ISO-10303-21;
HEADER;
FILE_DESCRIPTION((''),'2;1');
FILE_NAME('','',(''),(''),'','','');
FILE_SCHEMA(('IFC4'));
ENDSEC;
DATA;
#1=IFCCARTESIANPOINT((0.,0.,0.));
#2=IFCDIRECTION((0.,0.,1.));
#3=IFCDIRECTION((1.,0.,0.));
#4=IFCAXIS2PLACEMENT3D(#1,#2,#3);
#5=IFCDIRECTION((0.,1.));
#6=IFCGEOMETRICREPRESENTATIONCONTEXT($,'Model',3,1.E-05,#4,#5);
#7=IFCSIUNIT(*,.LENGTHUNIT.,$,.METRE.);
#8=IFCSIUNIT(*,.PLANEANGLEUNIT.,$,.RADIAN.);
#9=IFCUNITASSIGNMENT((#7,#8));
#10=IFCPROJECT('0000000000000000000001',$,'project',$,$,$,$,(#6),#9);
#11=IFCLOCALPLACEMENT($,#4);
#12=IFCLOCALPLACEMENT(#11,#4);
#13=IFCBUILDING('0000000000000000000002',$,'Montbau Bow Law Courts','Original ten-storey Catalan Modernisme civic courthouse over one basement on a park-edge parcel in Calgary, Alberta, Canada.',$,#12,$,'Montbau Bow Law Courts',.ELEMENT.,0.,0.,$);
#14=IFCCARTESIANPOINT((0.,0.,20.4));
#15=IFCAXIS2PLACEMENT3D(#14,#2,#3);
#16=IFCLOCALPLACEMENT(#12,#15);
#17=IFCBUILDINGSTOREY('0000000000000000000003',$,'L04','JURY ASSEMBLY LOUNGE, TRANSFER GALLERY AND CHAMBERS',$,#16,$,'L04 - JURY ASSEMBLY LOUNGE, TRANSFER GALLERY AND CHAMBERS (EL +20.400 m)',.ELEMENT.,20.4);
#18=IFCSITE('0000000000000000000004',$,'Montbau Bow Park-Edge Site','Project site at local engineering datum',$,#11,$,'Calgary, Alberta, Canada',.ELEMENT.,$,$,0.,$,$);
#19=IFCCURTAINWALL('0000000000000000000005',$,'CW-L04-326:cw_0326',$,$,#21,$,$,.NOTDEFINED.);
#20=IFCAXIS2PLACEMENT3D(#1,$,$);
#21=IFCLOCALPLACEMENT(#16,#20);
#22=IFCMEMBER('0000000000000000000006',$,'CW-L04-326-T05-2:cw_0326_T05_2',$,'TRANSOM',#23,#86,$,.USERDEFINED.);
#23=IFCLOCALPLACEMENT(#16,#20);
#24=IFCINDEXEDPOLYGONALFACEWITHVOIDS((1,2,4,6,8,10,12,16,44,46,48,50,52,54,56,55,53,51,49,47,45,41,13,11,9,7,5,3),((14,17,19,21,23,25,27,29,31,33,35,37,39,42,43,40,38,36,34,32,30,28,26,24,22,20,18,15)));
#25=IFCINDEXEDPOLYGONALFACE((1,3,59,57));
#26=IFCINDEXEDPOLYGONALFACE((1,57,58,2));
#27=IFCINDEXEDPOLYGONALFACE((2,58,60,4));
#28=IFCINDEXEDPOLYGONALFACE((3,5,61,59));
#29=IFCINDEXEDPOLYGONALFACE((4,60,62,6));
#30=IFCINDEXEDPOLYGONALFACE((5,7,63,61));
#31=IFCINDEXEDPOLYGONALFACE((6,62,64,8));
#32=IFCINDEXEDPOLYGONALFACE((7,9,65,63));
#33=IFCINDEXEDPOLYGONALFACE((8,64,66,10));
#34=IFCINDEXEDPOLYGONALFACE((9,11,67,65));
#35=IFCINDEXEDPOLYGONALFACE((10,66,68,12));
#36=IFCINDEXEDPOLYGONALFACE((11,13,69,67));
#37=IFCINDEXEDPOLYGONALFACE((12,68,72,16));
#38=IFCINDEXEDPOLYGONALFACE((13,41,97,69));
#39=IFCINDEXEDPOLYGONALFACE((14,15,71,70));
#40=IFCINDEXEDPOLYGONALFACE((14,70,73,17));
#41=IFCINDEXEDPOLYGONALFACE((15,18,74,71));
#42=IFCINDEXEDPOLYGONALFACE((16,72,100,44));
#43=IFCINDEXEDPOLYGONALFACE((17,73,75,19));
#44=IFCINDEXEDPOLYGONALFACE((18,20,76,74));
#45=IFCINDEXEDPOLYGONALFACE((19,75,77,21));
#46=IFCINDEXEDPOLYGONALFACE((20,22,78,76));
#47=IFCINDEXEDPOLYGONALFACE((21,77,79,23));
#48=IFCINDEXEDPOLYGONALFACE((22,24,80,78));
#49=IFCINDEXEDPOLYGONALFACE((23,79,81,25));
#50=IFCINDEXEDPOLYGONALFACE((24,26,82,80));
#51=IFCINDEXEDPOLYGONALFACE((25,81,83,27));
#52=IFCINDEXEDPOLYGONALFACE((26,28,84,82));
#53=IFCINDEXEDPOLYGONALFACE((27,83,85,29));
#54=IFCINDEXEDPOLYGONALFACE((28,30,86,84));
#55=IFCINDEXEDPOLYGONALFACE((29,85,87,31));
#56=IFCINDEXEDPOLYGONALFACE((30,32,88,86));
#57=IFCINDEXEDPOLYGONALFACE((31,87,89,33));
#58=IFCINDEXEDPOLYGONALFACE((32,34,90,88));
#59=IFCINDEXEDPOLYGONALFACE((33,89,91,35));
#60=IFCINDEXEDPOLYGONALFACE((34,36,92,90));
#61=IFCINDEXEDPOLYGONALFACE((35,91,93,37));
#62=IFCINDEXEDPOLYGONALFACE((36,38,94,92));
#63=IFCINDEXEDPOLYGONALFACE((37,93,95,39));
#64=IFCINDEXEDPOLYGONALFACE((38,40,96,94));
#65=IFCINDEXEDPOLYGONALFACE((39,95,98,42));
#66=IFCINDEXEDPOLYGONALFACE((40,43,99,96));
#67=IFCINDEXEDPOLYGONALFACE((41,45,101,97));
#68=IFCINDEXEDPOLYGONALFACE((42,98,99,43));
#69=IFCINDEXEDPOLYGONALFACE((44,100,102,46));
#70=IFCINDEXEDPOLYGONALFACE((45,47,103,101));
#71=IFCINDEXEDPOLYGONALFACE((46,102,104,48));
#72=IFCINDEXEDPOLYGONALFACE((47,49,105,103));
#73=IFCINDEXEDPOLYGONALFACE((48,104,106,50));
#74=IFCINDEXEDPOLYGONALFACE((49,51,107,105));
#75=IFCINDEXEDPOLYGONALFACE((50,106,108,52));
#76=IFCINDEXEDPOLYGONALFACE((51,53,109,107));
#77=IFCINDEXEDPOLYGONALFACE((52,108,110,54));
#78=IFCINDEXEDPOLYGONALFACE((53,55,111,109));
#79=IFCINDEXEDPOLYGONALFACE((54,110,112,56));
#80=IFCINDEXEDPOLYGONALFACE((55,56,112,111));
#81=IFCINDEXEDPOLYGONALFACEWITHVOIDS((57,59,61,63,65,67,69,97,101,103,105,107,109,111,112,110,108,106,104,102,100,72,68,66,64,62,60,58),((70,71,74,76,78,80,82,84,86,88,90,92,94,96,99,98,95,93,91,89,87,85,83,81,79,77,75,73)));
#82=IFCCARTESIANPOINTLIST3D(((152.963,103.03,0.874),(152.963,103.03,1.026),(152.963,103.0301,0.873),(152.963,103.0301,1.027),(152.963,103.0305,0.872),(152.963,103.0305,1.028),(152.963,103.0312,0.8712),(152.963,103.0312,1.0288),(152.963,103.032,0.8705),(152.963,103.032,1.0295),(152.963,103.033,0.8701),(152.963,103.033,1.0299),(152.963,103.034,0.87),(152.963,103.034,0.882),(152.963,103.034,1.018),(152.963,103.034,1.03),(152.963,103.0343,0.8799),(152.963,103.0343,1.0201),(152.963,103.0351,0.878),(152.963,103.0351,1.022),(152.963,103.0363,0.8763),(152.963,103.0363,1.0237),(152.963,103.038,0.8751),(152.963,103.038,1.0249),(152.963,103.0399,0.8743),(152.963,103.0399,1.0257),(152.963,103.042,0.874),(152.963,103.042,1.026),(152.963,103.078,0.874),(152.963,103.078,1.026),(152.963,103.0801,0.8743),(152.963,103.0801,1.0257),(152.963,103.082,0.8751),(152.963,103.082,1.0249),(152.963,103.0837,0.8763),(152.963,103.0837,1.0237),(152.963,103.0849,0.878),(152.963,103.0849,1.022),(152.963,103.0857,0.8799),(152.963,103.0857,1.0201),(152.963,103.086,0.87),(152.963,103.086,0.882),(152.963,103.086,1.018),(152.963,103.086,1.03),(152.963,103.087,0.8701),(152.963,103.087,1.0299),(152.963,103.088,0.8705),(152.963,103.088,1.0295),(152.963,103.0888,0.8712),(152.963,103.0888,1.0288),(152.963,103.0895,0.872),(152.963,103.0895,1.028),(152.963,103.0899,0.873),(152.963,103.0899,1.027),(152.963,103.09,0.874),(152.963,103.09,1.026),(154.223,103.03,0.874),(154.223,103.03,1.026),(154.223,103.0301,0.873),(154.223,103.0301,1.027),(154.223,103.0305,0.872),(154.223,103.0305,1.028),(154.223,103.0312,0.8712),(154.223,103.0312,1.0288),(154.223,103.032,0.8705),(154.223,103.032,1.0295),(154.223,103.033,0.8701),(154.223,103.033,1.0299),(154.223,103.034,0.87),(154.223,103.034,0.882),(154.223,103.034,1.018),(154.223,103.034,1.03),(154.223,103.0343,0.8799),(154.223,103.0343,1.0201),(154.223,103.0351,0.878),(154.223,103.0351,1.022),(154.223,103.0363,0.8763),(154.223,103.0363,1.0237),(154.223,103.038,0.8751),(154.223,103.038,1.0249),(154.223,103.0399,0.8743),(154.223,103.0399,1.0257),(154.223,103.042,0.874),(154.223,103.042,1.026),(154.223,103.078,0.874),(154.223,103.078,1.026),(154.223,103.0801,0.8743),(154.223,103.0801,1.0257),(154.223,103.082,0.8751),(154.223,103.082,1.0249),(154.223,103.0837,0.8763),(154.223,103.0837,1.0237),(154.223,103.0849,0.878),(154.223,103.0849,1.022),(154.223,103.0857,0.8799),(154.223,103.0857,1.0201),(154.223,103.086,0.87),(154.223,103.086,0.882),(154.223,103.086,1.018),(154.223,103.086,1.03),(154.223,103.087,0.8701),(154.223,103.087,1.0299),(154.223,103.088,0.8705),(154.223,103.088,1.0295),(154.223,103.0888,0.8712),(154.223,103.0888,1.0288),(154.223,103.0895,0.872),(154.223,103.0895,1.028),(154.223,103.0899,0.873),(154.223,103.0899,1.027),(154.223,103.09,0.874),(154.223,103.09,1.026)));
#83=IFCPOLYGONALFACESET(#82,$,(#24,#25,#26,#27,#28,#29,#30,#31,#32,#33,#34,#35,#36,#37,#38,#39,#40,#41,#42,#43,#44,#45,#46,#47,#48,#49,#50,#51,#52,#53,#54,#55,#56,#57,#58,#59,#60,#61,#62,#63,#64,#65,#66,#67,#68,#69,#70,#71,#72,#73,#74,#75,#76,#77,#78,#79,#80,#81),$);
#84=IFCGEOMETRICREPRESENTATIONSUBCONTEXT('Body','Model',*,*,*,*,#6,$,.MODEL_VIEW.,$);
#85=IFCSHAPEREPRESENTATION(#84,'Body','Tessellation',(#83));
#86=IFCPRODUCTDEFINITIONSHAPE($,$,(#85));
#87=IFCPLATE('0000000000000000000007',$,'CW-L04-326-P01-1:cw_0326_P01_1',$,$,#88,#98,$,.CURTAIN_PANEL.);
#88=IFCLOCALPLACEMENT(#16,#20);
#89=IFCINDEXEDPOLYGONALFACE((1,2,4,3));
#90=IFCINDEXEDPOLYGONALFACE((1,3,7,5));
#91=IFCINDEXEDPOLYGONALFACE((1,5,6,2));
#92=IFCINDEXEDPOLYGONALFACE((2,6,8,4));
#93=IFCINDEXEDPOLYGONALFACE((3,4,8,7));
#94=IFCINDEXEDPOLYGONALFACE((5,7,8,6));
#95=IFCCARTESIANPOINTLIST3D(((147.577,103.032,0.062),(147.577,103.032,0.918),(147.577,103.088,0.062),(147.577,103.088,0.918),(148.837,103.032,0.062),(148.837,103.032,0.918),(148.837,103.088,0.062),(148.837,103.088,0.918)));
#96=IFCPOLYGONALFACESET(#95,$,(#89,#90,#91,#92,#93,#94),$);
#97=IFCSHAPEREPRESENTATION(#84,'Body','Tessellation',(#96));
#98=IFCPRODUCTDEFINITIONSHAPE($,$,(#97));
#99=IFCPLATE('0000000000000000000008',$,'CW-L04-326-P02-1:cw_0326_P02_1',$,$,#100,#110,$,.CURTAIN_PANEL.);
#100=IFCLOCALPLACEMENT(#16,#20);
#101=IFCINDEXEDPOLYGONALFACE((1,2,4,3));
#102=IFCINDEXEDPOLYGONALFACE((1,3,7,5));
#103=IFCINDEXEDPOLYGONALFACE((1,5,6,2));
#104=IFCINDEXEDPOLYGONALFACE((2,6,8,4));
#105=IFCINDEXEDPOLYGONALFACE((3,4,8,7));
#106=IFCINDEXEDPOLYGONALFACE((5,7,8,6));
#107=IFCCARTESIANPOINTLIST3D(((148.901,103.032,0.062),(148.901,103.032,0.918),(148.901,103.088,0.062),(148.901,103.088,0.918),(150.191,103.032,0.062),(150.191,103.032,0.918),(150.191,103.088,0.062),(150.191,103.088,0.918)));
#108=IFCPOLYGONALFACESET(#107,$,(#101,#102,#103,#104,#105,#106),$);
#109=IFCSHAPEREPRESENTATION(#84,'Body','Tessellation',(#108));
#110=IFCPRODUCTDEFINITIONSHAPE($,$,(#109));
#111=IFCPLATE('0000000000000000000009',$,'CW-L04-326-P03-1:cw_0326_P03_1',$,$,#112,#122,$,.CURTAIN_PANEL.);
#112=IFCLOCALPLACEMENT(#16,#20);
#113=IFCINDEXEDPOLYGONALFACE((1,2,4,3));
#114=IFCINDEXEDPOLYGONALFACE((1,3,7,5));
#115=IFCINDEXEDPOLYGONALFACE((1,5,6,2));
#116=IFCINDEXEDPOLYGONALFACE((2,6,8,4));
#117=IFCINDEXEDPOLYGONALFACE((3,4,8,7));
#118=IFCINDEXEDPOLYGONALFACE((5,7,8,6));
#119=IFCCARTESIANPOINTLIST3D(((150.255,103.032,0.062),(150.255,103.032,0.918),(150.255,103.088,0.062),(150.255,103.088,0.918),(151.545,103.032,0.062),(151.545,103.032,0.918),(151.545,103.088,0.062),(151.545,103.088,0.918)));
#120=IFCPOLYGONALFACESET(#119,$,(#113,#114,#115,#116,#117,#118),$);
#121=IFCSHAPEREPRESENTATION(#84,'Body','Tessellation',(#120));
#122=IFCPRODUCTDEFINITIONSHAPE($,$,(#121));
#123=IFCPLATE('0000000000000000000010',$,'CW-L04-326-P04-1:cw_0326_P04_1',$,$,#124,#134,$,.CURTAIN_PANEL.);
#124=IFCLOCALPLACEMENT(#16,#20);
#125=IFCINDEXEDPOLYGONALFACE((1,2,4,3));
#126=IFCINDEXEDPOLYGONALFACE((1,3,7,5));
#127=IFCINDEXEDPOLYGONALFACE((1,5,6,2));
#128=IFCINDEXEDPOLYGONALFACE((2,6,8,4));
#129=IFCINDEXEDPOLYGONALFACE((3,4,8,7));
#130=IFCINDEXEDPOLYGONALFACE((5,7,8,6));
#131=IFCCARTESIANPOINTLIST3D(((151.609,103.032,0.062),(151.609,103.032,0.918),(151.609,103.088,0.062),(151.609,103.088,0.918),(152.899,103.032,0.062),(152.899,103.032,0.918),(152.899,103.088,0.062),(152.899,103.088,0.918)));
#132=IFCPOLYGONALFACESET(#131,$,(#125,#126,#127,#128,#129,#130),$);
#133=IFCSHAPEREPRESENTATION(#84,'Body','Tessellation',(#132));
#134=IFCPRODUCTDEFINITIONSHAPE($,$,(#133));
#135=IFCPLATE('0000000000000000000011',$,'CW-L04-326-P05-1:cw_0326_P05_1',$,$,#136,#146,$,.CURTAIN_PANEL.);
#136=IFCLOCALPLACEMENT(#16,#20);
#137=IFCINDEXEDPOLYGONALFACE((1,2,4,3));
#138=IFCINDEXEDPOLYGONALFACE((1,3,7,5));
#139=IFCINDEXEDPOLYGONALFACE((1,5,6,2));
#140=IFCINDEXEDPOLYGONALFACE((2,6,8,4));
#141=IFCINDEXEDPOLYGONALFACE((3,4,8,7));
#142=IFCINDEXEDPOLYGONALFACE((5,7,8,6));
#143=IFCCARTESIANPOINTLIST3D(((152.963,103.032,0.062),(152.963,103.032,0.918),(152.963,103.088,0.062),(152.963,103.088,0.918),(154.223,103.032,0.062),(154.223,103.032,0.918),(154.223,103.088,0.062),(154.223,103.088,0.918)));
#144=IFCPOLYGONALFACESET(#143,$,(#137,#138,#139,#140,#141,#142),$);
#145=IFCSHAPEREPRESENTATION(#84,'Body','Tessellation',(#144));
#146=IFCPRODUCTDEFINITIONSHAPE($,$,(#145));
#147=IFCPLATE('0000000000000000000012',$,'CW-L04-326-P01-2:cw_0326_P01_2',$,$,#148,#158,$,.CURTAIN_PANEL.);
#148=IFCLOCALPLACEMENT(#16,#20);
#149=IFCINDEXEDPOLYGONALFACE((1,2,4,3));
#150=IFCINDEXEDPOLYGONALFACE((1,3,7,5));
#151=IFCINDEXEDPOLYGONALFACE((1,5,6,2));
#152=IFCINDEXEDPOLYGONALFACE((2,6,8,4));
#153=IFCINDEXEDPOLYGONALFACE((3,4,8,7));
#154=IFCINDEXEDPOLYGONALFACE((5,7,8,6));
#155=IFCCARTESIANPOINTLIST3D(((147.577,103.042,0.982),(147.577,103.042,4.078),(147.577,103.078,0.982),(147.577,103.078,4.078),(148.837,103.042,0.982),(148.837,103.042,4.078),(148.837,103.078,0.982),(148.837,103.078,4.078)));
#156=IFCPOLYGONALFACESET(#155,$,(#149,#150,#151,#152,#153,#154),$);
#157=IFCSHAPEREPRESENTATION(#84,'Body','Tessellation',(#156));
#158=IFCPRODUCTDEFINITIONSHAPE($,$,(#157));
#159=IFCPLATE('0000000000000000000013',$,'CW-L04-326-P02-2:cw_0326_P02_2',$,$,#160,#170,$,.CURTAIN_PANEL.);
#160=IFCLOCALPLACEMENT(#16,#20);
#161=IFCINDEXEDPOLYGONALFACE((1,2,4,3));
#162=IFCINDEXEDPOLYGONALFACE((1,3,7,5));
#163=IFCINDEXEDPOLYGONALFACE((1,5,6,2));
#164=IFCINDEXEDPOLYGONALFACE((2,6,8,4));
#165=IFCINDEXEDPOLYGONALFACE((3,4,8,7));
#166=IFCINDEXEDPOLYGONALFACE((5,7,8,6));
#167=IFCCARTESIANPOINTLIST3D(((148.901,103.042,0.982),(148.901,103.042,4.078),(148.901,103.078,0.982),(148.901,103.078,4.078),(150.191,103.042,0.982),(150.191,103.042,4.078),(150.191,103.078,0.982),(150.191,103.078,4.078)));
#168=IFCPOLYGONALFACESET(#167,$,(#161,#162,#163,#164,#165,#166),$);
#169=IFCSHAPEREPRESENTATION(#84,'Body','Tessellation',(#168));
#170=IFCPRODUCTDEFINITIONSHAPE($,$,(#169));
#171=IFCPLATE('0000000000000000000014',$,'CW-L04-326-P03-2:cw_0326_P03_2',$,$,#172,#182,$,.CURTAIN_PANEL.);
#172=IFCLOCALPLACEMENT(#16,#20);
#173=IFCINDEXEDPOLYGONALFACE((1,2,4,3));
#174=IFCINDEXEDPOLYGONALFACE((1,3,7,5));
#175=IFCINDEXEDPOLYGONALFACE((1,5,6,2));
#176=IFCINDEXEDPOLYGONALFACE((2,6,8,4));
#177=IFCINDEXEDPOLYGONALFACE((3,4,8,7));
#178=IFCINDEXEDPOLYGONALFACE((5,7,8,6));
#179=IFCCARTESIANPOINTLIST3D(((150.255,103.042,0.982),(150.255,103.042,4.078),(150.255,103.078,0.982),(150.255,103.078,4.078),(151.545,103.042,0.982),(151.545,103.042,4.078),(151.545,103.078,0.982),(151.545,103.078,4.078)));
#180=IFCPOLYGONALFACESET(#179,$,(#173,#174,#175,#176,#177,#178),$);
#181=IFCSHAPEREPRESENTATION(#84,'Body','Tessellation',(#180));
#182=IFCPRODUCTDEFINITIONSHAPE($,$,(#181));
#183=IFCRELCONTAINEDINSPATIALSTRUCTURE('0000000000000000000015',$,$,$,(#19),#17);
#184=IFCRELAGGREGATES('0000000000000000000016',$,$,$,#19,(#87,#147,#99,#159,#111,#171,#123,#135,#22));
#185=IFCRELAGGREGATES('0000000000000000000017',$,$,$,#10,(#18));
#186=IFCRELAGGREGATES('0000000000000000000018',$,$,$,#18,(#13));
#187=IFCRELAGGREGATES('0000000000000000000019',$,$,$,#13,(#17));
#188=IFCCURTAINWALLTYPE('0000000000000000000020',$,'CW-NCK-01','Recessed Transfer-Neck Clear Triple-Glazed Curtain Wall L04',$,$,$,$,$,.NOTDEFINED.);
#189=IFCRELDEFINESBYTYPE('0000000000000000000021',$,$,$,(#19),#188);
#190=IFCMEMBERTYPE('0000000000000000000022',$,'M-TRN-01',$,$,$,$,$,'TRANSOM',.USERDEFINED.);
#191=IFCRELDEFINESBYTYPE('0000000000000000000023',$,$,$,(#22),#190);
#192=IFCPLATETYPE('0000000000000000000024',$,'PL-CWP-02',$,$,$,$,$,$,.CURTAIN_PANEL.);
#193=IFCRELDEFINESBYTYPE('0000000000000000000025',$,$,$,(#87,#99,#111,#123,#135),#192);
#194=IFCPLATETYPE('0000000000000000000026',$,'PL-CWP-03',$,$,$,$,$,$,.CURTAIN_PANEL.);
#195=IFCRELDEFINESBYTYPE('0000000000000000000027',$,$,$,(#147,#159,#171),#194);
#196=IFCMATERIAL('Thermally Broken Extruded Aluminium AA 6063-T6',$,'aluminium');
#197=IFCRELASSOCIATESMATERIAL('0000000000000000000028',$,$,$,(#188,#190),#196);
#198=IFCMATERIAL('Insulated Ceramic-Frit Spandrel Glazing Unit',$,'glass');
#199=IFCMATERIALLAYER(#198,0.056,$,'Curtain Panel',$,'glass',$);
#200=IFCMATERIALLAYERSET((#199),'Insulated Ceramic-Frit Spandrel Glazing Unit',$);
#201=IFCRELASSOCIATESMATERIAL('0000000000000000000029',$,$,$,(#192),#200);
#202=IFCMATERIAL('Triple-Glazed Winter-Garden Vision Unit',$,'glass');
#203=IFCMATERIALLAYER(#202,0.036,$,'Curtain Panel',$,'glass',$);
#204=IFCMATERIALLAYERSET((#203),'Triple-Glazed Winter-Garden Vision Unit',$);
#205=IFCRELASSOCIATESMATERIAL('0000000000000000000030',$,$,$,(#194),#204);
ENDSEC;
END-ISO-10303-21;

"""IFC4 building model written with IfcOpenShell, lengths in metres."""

from ifc_helpers import new_model, si_unit, direction, frame, frame_2d, origin_with_axes, origin_2d_with_axis, place, context, subcontext, project, spatial, rectangle, hollow_rectangle, extrude, material, layer, layer_set, material_profile, profile_set, type_object, element, aggregate, save


model = new_model("IFC4")

# Units and contexts
model_context = context("Model", 3, precision=1e-05, world=origin_with_axes(), true_north=direction((0.0, 1.0)))
body_context = subcontext(model_context, "Body", "Model", "MODEL_VIEW")
ifc_project = project(units=[si_unit("LENGTHUNIT", "METRE"), si_unit("PLANEANGLEUNIT", "RADIAN")], contexts=[model_context])

# Site, building, storey
site_placement = place(None, origin_with_axes())
site = spatial("IfcSite", under=ifc_project, at=site_placement, Name="Montbau Bow Park-Edge Site", Description="Project site at local engineering datum", LongName="Calgary, Alberta, Canada", CompositionType="ELEMENT", RefElevation=0.0)
building_placement = place(site_placement, origin_with_axes())
building = spatial("IfcBuilding", under=site, at=building_placement, Name="Montbau Bow Law Courts", Description="Original ten-storey Catalan Modernisme civic courthouse over one basement on a park-edge parcel in Calgary, Alberta, Canada.", LongName="Montbau Bow Law Courts", CompositionType="ELEMENT", ElevationOfRefHeight=0.0, ElevationOfTerrain=0.0)
storey_placement = place(building_placement, frame((0.0, 0.0, 20.4), z_axis=(0.0, 0.0, 1.0), x_axis=(1.0, 0.0, 0.0)))
storey = spatial("IfcBuildingStorey", under=building, at=storey_placement, Name="L04", Description="JURY ASSEMBLY LOUNGE, TRANSFER GALLERY AND CHAMBERS", LongName="L04 - JURY ASSEMBLY LOUNGE, TRANSFER GALLERY AND CHAMBERS (EL +20.400 m)", CompositionType="ELEMENT", Elevation=20.4)

# Curtain wall, member, plates
ifc_material_1 = material(Name="Thermally Broken Extruded Aluminium AA 6063-T6", Category="aluminium")
curtain_wall_type = type_object("IfcCurtainWallType", Name="CW-NCK-01", Description="Recessed Transfer-Neck Clear Triple-Glazed Curtain Wall L04", PredefinedType="NOTDEFINED", material=ifc_material_1)
curtain_wall_placement = place(None, frame((147.515, 103.06, 20.4), z_axis=(0.0, 0.0, 1.0), x_axis=(1.0, 0.0, 0.0)))
curtain_wall = element("IfcCurtainWall", 1, at=curtain_wall_placement, inside=storey, type_object=curtain_wall_type, Name="CW-L04-326:cw_0326", PredefinedType="NOTDEFINED")
ifc_material_profile_1 = material_profile(ifc_material_1, hollow_rectangle(XDim=0.06, YDim=0.16, WallThickness=0.004, InnerFilletRadius=0.008, OuterFilletRadius=0.004, at=origin_2d_with_axis()), Name="CWT-160X60", Category="Main", Priority=0)
ifc_profile_set_1 = profile_set([ifc_material_profile_1], Name="Thermally Broken Extruded Aluminium AA 6063-T6")
member_type_1 = type_object("IfcMemberType", Name="M-TRN-01", ElementType="TRANSOM", PredefinedType="USERDEFINED", material=ifc_profile_set_1)
member_1_placement = place(None, frame((152.963, 103.06, 21.35), z_axis=(1.0, 0.0, 0.0), x_axis=(0.0, 1.0, 0.0)))
member_1 = element("IfcMember", 2, at=member_1_placement, type_object=member_type_1, Name="CW-L04-326-T05-2:cw_0326_T05_2", ObjectType="TRANSOM", PredefinedType="USERDEFINED", context=body_context, shape_type="SweptSolid", body=[
    extrude(hollow_rectangle(XDim=0.06, YDim=0.16, WallThickness=0.004, InnerFilletRadius=0.008, OuterFilletRadius=0.004, at=origin_2d_with_axis()), origin_with_axes(), (0.0, 0.0, 1.0), 1.26),
])
ifc_material_2 = material(Name="Insulated Ceramic-Frit Spandrel Glazing Unit", Category="glass")
ifc_layer_1 = layer(ifc_material_2, 0.056, Name="Curtain Panel", Category="glass")
ifc_layer_set_1 = layer_set([ifc_layer_1], Name="Insulated Ceramic-Frit Spandrel Glazing Unit")
plate_type_1 = type_object("IfcPlateType", Name="PL-CWP-02", PredefinedType="CURTAIN_PANEL", material=ifc_layer_set_1)
plate_1_placement = place(None, frame((147.577, 103.06, 20.462), z_axis=(0.0, -1.0, 0.0), x_axis=(1.0, 0.0, 0.0)))
plate_1 = element("IfcPlate", 3, at=plate_1_placement, type_object=plate_type_1, Name="CW-L04-326-P01-1:cw_0326_P01_1", PredefinedType="CURTAIN_PANEL", context=body_context, shape_type="SweptSolid", body=[
    extrude(rectangle(XDim=1.26, YDim=0.856, at=frame_2d((0.63, 0.428), x_axis=(1.0, 0.0))), frame((0.0, 0.0, -0.028), z_axis=(0.0, 0.0, 1.0), x_axis=(1.0, 0.0, 0.0)), (0.0, 0.0, 1.0), 0.056),
])
plate_2_placement = place(None, frame((148.901, 103.06, 20.462), z_axis=(0.0, -1.0, 0.0), x_axis=(1.0, 0.0, 0.0)))
plate_2 = element("IfcPlate", 4, at=plate_2_placement, type_object=plate_type_1, Name="CW-L04-326-P02-1:cw_0326_P02_1", PredefinedType="CURTAIN_PANEL", context=body_context, shape_type="SweptSolid", body=[
    extrude(rectangle(XDim=1.29, YDim=0.856, at=frame_2d((0.645, 0.428), x_axis=(1.0, 0.0))), frame((0.0, 0.0, -0.028), z_axis=(0.0, 0.0, 1.0), x_axis=(1.0, 0.0, 0.0)), (0.0, 0.0, 1.0), 0.056),
])
plate_3_placement = place(None, frame((150.255, 103.06, 20.462), z_axis=(0.0, -1.0, 0.0), x_axis=(1.0, 0.0, 0.0)))
plate_3 = element("IfcPlate", 5, at=plate_3_placement, type_object=plate_type_1, Name="CW-L04-326-P03-1:cw_0326_P03_1", PredefinedType="CURTAIN_PANEL", context=body_context, shape_type="SweptSolid", body=[
    extrude(rectangle(XDim=1.29, YDim=0.856, at=frame_2d((0.645, 0.428), x_axis=(1.0, 0.0))), frame((0.0, 0.0, -0.028), z_axis=(0.0, 0.0, 1.0), x_axis=(1.0, 0.0, 0.0)), (0.0, 0.0, 1.0), 0.056),
])
plate_4_placement = place(None, frame((151.609, 103.06, 20.462), z_axis=(0.0, -1.0, 0.0), x_axis=(1.0, 0.0, 0.0)))
plate_4 = element("IfcPlate", 6, at=plate_4_placement, type_object=plate_type_1, Name="CW-L04-326-P04-1:cw_0326_P04_1", PredefinedType="CURTAIN_PANEL", context=body_context, shape_type="SweptSolid", body=[
    extrude(rectangle(XDim=1.29, YDim=0.856, at=frame_2d((0.645, 0.428), x_axis=(1.0, 0.0))), frame((0.0, 0.0, -0.028), z_axis=(0.0, 0.0, 1.0), x_axis=(1.0, 0.0, 0.0)), (0.0, 0.0, 1.0), 0.056),
])
plate_5_placement = place(None, frame((152.963, 103.06, 20.462), z_axis=(0.0, -1.0, 0.0), x_axis=(1.0, 0.0, 0.0)))
plate_5 = element("IfcPlate", 7, at=plate_5_placement, type_object=plate_type_1, Name="CW-L04-326-P05-1:cw_0326_P05_1", PredefinedType="CURTAIN_PANEL", context=body_context, shape_type="SweptSolid", body=[
    extrude(rectangle(XDim=1.26, YDim=0.856, at=frame_2d((0.63, 0.428), x_axis=(1.0, 0.0))), frame((0.0, 0.0, -0.028), z_axis=(0.0, 0.0, 1.0), x_axis=(1.0, 0.0, 0.0)), (0.0, 0.0, 1.0), 0.056),
])
ifc_material_3 = material(Name="Triple-Glazed Winter-Garden Vision Unit", Category="glass")
ifc_layer_2 = layer(ifc_material_3, 0.036, Name="Curtain Panel", Category="glass")
ifc_layer_set_2 = layer_set([ifc_layer_2], Name="Triple-Glazed Winter-Garden Vision Unit")
plate_type_2 = type_object("IfcPlateType", Name="PL-CWP-03", PredefinedType="CURTAIN_PANEL", material=ifc_layer_set_2)
plate_6_placement = place(None, frame((147.577, 103.06, 21.382), z_axis=(0.0, -1.0, 0.0), x_axis=(1.0, 0.0, 0.0)))
plate_6 = element("IfcPlate", 8, at=plate_6_placement, type_object=plate_type_2, Name="CW-L04-326-P01-2:cw_0326_P01_2", PredefinedType="CURTAIN_PANEL", context=body_context, shape_type="SweptSolid", body=[
    extrude(rectangle(XDim=1.26, YDim=3.096, at=frame_2d((0.63, 1.548), x_axis=(1.0, 0.0))), frame((0.0, 0.0, -0.018), z_axis=(0.0, 0.0, 1.0), x_axis=(1.0, 0.0, 0.0)), (0.0, 0.0, 1.0), 0.036),
])
plate_7_placement = place(None, frame((148.901, 103.06, 21.382), z_axis=(0.0, -1.0, 0.0), x_axis=(1.0, 0.0, 0.0)))
plate_7 = element("IfcPlate", 9, at=plate_7_placement, type_object=plate_type_2, Name="CW-L04-326-P02-2:cw_0326_P02_2", PredefinedType="CURTAIN_PANEL", context=body_context, shape_type="SweptSolid", body=[
    extrude(rectangle(XDim=1.29, YDim=3.096, at=frame_2d((0.645, 1.548), x_axis=(1.0, 0.0))), frame((0.0, 0.0, -0.018), z_axis=(0.0, 0.0, 1.0), x_axis=(1.0, 0.0, 0.0)), (0.0, 0.0, 1.0), 0.036),
])
plate_8_placement = place(None, frame((150.255, 103.06, 21.382), z_axis=(0.0, -1.0, 0.0), x_axis=(1.0, 0.0, 0.0)))
plate_8 = element("IfcPlate", 10, at=plate_8_placement, type_object=plate_type_2, Name="CW-L04-326-P03-2:cw_0326_P03_2", PredefinedType="CURTAIN_PANEL", context=body_context, shape_type="SweptSolid", body=[
    extrude(rectangle(XDim=1.29, YDim=3.096, at=frame_2d((0.645, 1.548), x_axis=(1.0, 0.0))), frame((0.0, 0.0, -0.018), z_axis=(0.0, 0.0, 1.0), x_axis=(1.0, 0.0, 0.0)), (0.0, 0.0, 1.0), 0.036),
])
aggregate(curtain_wall, [plate_1, plate_6, plate_2, plate_7, plate_3, plate_8, plate_4, plate_5, member_1])

save(model, "model.ifc")
